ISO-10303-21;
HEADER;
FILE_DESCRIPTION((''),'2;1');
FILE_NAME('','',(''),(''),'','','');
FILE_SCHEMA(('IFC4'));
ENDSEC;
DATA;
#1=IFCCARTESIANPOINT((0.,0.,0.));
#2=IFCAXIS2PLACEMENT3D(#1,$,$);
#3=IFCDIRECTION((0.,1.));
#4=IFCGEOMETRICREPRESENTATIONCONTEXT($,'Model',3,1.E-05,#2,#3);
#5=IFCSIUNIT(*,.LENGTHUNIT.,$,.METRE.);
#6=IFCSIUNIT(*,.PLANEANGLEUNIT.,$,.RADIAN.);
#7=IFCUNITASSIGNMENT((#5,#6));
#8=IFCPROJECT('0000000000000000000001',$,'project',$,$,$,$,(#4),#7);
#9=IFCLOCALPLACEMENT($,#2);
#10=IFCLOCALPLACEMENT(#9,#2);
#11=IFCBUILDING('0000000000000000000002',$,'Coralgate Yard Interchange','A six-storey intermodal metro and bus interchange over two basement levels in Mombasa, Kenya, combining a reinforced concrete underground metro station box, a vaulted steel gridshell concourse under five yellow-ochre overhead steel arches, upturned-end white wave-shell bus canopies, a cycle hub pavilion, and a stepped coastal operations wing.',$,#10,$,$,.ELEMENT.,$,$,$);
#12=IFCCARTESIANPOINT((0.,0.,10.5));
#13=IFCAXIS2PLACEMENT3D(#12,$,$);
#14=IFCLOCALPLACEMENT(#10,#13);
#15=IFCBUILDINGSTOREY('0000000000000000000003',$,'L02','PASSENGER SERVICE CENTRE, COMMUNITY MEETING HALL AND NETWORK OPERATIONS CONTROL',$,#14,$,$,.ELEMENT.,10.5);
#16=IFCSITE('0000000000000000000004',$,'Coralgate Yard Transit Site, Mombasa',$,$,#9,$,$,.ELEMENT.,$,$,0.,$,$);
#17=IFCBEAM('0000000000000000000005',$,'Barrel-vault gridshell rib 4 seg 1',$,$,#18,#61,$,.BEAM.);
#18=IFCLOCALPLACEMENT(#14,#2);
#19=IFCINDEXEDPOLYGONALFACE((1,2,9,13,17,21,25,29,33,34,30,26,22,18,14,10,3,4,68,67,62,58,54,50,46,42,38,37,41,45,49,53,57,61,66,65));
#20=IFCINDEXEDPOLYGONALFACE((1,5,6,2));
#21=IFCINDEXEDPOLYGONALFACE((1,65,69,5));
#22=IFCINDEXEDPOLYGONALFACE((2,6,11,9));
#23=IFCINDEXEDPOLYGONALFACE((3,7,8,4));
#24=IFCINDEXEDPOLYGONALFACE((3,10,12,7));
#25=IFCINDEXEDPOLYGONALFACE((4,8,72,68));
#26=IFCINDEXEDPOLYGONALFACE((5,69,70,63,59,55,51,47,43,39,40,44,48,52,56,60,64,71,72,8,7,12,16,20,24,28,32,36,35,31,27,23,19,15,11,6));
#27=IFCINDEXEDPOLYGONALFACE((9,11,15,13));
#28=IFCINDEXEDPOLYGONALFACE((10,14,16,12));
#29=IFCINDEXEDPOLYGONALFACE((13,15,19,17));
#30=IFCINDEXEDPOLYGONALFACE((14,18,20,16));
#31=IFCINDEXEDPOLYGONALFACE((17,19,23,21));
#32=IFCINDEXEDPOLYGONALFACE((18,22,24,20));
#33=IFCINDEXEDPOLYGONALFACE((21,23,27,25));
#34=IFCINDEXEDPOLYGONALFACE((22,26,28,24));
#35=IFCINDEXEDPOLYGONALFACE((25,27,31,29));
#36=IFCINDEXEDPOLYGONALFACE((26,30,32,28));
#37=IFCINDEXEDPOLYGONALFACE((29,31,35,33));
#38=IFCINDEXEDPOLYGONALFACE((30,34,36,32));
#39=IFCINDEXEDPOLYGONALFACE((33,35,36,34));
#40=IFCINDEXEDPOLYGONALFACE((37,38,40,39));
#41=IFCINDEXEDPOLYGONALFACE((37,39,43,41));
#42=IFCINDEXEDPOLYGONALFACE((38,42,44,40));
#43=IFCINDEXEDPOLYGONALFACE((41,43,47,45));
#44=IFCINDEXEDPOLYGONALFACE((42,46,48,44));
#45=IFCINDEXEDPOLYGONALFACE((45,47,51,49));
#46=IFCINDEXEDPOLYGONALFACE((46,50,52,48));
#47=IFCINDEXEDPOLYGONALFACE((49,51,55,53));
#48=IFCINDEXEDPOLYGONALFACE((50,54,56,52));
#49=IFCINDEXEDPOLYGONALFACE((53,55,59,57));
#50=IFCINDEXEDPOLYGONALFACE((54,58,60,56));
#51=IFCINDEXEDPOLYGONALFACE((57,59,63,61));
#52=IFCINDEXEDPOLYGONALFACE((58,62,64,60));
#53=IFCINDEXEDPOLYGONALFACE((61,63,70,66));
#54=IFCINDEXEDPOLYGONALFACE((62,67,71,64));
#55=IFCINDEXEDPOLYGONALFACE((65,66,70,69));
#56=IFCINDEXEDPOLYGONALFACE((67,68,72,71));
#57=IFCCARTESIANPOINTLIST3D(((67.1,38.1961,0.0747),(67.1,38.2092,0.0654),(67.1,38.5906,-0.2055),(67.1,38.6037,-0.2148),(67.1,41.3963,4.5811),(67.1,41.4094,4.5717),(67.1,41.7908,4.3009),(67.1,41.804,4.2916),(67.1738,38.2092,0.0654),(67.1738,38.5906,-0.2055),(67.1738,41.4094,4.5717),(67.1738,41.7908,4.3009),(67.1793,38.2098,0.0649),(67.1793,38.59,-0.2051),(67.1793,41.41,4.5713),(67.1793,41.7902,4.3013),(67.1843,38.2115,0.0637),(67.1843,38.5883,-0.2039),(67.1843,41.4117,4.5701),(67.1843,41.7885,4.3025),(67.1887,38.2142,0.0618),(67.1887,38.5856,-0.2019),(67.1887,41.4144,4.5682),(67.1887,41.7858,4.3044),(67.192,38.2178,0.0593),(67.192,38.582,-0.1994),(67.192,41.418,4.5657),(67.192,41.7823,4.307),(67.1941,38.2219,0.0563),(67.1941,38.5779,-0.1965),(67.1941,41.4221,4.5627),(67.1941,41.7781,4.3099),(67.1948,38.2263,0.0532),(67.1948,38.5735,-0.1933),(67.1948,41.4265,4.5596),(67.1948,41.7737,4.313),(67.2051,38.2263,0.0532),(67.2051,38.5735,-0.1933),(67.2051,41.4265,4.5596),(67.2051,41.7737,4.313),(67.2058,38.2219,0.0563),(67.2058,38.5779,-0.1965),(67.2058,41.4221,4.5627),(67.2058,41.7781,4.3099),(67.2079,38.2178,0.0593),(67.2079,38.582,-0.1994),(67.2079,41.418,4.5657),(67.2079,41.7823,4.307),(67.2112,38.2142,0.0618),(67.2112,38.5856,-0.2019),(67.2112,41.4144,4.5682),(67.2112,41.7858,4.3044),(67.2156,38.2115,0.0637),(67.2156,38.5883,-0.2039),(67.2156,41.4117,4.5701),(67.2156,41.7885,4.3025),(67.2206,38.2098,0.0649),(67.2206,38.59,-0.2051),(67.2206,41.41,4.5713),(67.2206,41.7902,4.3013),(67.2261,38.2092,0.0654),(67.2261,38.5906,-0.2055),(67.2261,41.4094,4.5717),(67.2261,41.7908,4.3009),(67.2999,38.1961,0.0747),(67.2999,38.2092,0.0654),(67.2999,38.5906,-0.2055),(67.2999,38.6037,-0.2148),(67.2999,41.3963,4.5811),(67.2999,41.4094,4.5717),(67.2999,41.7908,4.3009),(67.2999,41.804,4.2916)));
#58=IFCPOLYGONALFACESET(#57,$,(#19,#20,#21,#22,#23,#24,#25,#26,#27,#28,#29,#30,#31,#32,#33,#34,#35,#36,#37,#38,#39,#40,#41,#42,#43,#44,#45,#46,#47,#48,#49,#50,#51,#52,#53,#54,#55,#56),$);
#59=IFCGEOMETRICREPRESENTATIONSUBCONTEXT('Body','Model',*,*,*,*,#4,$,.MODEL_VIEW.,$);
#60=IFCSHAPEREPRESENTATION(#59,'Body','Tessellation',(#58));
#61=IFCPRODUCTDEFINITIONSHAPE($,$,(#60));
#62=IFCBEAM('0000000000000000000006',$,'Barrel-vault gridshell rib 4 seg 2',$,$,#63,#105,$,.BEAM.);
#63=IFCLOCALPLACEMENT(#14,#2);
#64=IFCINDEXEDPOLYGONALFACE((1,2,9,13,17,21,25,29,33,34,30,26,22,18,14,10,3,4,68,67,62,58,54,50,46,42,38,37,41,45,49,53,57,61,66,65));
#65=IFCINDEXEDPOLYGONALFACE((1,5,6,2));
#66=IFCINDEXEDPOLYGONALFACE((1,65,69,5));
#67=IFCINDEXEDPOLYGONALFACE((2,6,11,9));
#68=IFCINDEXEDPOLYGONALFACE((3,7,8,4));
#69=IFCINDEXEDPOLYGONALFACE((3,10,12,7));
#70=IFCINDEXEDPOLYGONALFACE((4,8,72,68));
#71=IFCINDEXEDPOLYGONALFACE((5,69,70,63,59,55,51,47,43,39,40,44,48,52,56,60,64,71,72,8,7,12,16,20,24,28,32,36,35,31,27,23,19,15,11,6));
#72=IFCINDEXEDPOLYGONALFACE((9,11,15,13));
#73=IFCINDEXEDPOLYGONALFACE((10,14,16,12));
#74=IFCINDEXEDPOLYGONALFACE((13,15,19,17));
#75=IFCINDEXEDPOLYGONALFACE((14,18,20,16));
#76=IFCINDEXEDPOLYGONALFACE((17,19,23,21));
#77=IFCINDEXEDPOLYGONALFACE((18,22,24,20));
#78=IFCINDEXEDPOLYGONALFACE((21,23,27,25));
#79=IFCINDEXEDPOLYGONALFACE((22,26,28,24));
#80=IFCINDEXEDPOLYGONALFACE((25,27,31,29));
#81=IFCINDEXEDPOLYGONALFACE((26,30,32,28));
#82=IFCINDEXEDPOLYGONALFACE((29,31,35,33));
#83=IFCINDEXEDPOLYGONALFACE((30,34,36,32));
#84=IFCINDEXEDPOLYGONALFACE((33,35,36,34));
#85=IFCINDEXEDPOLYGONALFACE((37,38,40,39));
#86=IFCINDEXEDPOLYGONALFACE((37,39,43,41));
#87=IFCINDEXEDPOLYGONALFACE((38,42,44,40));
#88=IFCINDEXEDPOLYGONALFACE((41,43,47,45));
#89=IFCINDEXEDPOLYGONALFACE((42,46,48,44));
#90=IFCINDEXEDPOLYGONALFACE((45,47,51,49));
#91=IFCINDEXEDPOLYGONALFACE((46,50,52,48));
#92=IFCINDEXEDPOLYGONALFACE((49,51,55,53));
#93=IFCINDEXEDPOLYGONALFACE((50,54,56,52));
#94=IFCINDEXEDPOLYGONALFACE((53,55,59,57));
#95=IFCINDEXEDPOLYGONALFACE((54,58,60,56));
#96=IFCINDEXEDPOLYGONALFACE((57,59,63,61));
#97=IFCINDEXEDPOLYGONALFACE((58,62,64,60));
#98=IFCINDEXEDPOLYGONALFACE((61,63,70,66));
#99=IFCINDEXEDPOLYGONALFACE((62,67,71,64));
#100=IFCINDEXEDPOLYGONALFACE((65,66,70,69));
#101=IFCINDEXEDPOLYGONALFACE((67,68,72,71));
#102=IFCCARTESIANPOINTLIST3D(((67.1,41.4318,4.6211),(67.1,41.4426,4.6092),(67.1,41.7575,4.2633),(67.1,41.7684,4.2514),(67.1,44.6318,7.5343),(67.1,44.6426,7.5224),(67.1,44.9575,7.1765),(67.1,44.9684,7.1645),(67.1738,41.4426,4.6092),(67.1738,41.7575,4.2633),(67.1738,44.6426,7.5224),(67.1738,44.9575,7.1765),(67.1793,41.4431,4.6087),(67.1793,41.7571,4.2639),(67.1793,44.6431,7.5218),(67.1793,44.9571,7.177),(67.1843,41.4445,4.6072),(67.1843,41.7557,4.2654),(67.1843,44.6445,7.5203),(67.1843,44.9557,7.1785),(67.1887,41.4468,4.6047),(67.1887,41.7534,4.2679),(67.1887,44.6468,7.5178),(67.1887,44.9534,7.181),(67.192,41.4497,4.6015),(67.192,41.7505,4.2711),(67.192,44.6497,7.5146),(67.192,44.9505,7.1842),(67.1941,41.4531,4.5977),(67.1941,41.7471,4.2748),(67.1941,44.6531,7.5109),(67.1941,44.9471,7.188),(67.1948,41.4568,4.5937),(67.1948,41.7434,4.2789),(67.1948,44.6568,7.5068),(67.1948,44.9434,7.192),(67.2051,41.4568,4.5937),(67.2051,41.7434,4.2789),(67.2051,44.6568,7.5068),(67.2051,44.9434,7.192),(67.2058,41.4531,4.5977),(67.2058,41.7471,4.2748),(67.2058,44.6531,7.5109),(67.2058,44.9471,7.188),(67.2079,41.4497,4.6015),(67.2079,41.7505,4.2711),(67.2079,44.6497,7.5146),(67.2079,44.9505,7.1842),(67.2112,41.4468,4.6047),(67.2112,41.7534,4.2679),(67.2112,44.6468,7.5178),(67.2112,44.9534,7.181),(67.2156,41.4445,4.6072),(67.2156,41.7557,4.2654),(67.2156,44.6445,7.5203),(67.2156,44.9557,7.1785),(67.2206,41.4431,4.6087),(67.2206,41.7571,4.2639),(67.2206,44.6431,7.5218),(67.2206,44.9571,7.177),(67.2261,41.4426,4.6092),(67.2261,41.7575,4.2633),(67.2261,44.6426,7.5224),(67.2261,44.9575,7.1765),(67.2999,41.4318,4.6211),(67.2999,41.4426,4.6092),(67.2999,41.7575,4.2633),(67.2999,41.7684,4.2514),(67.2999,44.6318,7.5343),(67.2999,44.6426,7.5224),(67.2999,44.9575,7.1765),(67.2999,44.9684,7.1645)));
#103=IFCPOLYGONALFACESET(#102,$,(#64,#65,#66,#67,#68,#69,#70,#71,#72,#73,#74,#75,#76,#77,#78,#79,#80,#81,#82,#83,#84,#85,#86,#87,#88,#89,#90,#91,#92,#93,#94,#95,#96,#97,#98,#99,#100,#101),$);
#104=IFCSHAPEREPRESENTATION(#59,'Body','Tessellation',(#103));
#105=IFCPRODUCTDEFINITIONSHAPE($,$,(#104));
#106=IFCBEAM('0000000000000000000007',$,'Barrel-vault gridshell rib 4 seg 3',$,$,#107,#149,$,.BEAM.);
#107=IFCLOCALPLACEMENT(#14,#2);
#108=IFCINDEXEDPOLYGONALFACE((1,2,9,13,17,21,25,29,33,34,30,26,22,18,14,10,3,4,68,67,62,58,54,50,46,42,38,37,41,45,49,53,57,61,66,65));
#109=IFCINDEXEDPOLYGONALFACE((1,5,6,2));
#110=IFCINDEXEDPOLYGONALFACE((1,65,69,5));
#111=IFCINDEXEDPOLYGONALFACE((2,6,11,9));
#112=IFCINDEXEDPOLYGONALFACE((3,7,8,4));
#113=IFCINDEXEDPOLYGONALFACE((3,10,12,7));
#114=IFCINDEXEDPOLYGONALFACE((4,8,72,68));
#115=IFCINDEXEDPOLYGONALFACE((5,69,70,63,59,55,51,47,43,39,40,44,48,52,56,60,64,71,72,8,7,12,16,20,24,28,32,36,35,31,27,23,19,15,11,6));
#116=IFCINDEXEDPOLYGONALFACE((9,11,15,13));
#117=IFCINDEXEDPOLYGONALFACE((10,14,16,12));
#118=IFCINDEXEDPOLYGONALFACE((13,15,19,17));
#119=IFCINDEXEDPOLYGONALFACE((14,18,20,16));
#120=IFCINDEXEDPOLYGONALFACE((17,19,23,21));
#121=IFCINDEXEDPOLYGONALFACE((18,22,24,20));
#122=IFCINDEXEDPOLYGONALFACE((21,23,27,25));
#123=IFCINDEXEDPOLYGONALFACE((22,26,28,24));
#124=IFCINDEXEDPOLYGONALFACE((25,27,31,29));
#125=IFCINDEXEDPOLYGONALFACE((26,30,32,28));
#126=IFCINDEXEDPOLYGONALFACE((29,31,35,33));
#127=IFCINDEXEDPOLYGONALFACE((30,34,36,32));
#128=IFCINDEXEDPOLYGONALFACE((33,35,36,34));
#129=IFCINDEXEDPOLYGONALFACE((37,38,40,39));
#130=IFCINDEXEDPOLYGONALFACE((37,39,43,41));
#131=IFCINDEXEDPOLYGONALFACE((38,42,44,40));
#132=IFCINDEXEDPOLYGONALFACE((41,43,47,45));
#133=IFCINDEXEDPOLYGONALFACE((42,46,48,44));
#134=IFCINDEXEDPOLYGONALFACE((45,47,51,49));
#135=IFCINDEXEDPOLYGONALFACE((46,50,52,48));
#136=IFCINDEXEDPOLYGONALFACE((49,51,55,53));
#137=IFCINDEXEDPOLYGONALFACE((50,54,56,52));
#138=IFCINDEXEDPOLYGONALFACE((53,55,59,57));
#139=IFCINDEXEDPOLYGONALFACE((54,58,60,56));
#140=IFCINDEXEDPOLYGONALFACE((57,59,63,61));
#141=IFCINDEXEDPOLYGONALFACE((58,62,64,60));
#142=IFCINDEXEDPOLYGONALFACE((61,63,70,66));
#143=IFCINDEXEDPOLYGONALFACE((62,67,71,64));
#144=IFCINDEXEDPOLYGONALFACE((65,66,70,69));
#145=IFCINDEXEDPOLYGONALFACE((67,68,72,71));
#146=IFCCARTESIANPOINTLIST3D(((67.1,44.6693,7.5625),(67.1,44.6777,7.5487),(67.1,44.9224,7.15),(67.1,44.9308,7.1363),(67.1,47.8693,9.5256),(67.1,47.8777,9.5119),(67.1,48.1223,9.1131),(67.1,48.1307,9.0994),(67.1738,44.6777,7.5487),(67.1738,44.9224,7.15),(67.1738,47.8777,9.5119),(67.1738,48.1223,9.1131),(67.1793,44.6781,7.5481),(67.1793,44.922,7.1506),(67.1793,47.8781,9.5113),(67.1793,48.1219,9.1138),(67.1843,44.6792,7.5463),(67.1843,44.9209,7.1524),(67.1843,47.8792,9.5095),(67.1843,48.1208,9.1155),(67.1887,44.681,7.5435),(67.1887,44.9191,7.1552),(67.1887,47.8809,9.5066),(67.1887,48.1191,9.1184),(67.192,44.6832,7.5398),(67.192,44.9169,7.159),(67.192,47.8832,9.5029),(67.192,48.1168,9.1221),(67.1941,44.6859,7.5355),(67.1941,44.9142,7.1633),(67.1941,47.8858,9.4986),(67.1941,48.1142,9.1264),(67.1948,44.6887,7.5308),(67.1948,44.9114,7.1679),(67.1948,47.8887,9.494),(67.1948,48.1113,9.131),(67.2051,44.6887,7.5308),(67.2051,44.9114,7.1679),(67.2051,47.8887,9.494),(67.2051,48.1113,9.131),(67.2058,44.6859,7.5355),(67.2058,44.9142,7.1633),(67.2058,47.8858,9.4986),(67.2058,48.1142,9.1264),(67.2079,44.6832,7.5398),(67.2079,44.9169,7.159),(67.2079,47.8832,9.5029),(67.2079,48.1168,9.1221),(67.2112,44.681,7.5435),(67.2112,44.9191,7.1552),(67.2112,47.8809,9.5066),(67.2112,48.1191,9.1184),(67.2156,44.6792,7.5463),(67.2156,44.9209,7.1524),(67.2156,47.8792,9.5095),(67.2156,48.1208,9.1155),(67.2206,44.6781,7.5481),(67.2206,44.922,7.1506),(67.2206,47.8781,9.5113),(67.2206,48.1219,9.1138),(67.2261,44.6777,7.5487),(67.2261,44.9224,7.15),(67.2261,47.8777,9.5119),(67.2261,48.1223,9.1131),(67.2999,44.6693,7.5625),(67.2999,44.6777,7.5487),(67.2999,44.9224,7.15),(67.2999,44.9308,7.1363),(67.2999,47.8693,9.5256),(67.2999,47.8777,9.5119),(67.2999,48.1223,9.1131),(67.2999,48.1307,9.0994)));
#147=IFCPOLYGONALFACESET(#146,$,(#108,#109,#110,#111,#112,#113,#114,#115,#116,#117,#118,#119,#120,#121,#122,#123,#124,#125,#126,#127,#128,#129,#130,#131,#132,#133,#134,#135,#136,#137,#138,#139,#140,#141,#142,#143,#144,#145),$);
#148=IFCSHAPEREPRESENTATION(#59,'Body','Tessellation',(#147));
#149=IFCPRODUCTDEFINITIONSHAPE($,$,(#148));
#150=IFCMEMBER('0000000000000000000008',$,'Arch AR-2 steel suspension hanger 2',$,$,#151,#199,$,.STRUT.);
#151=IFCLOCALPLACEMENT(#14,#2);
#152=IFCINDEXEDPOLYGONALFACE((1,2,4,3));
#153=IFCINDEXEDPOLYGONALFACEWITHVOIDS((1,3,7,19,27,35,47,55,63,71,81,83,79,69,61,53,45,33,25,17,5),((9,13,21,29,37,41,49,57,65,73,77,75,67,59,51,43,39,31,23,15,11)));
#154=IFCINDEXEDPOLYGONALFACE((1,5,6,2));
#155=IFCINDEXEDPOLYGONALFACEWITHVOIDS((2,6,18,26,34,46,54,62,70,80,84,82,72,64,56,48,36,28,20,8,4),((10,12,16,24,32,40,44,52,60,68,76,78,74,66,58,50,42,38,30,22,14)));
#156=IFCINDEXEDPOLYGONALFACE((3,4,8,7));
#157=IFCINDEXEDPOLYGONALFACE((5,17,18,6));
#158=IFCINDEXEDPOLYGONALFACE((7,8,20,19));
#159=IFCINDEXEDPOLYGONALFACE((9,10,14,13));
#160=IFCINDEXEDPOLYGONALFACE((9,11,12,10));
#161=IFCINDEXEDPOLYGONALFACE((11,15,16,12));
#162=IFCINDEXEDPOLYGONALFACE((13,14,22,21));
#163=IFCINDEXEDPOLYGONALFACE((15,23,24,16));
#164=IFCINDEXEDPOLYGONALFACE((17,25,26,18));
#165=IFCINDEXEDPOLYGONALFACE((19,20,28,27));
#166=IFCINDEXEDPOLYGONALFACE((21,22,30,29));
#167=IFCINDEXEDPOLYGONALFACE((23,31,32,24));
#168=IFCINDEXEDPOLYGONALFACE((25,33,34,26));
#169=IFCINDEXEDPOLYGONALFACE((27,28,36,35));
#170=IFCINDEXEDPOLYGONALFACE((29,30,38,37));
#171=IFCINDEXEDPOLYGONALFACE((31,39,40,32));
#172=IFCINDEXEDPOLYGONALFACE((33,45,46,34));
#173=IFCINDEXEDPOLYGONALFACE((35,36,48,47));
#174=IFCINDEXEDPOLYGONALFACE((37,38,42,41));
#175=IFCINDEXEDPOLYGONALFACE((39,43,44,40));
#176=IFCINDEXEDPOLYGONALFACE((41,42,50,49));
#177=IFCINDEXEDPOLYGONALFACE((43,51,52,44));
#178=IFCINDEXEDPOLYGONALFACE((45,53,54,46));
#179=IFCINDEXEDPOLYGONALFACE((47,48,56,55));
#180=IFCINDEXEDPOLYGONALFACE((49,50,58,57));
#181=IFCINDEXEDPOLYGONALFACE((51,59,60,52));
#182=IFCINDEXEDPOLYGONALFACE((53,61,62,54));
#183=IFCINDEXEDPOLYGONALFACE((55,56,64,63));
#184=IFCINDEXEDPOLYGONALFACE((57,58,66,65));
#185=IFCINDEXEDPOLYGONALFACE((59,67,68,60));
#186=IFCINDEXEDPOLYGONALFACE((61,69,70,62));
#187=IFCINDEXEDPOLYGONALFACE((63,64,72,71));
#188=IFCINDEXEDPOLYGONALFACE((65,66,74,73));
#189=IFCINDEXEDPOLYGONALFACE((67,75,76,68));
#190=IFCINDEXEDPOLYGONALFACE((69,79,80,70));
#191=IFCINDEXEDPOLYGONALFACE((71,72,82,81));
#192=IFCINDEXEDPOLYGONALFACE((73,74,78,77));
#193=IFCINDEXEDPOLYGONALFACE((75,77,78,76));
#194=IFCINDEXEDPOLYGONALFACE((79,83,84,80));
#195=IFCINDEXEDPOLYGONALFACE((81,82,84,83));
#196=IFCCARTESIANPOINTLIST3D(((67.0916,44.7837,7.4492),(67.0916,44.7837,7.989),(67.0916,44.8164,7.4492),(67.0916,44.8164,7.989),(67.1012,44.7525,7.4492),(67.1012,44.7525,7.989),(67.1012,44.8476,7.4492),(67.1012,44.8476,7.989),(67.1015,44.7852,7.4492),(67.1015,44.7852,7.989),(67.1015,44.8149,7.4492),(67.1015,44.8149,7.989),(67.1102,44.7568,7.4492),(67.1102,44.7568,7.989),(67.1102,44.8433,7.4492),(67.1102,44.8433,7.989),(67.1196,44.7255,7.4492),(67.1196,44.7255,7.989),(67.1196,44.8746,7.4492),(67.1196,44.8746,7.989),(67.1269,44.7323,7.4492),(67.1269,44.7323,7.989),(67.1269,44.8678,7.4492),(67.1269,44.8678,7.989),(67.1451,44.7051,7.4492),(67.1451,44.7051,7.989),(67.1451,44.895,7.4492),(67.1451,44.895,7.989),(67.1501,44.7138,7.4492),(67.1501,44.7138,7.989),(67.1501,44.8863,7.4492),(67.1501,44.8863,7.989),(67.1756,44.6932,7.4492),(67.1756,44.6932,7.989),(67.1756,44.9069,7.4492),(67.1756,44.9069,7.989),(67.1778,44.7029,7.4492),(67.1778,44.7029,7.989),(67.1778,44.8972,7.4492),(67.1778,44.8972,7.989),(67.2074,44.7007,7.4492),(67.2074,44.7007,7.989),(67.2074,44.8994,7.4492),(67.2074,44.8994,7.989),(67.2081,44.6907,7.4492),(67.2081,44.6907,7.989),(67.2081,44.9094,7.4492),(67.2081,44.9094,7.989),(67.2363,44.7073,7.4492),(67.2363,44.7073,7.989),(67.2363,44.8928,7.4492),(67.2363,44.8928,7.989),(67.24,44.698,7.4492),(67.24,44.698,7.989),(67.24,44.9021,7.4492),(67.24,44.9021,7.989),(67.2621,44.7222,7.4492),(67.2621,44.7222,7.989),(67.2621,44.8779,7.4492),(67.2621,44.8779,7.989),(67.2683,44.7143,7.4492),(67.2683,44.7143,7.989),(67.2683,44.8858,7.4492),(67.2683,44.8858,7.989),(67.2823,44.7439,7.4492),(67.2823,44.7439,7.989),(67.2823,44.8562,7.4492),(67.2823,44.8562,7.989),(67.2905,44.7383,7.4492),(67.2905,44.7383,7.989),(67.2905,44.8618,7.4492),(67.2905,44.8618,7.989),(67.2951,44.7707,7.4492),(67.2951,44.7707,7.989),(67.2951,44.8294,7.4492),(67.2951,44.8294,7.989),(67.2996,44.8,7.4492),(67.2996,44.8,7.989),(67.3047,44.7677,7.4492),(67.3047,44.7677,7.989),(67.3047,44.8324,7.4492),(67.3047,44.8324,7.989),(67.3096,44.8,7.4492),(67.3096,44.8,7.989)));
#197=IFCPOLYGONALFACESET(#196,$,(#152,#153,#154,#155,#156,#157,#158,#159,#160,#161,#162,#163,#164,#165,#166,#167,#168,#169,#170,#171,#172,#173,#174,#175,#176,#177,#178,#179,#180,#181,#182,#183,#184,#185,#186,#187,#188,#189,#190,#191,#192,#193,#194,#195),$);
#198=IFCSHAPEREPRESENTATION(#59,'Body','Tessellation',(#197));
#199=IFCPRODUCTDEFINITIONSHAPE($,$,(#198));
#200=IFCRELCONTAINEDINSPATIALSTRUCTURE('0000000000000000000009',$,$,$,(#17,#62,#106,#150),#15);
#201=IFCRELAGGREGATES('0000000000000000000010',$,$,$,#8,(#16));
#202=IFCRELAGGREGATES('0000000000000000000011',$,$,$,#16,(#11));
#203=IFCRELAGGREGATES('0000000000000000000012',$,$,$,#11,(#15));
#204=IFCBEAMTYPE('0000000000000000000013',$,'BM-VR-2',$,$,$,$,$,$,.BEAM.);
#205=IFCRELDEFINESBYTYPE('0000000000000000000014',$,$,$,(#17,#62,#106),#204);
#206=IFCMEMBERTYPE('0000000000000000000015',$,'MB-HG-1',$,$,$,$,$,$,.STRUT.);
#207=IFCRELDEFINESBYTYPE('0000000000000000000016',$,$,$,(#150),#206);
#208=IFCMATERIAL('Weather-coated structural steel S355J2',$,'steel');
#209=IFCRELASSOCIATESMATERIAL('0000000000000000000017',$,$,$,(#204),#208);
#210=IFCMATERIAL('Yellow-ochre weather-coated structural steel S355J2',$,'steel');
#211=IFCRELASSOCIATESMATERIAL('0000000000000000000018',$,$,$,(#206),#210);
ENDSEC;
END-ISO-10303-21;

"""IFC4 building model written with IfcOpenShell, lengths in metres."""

from ifc_helpers import new_model, si_unit, direction, frame, origin, origin_2d, place, context, subcontext, project, spatial, hollow_circle, i_section, extrude, material, material_profile, profile_set, type_object, element, save


model = new_model("IFC4")

# Units and contexts
model_context = context("Model", 3, precision=1e-05, world=origin(), true_north=direction((0.0, 1.0)))
body_context = subcontext(model_context, "Body", "Model", "MODEL_VIEW")
ifc_project = project(units=[si_unit("LENGTHUNIT", "METRE"), si_unit("PLANEANGLEUNIT", "RADIAN")], contexts=[model_context])

# Site, building, storey
site_placement = place(None, origin())
site = spatial("IfcSite", under=ifc_project, at=site_placement, Name="Coralgate Yard Transit Site, Mombasa", CompositionType="ELEMENT", RefElevation=0.0)
building_placement = place(site_placement, origin())
building = spatial("IfcBuilding", under=site, at=building_placement, Name="Coralgate Yard Interchange", Description="A six-storey intermodal metro and bus interchange over two basement levels in Mombasa, Kenya, combining a reinforced concrete underground metro station box, a vaulted steel gridshell concourse under five yellow-ochre overhead steel arches, upturned-end white wave-shell bus canopies, a cycle hub pavilion, and a stepped coastal operations wing.", CompositionType="ELEMENT")
storey_placement = place(building_placement, frame((0.0, 0.0, 10.5)))
storey = spatial("IfcBuildingStorey", under=building, at=storey_placement, Name="L02", Description="PASSENGER SERVICE CENTRE, COMMUNITY MEETING HALL AND NETWORK OPERATIONS CONTROL", CompositionType="ELEMENT", Elevation=10.5)

# Beams
ifc_material_1 = material(Name="Yellow-ochre weather-coated structural steel S355J2", Category="steel")
ifc_material_2 = material(Name="Weather-coated structural steel S355J2", Category="steel")
ifc_material_profile_1 = material_profile(ifc_material_2, i_section(OverallWidth=0.2, OverallDepth=0.5, WebThickness=0.0103, FlangeThickness=0.0161, FilletRadius=0.021, at=origin_2d()), Name="IPE 500")
ifc_profile_set_1 = profile_set([ifc_material_profile_1], Name="Weather-coated structural steel S355J2")
beam_type_1 = type_object("IfcBeamType", Name="BM-VR-2", PredefinedType="BEAM", material=ifc_profile_set_1)
beam_1_placement = place(storey_placement, frame((67.2, 38.3999, -0.0701), z_axis=(0.0, 0.579005, 0.815324), x_axis=(-1.0, 0.0, 0.0)))
element("IfcBeam", 1, at=beam_1_placement, inside=storey, type_object=beam_type_1, Name="Barrel-vault gridshell rib 4 seg 1", PredefinedType="BEAM", context=body_context, shape_type="SweptSolid", body=[
    extrude(i_section(OverallWidth=0.2, OverallDepth=0.5, WebThickness=0.0103, FlangeThickness=0.0161, FilletRadius=0.021, at=origin_2d()), origin(), (0.0, 0.0, 1.0), 5.5271),
])
beam_2_placement = place(storey_placement, frame((67.2, 41.6001, 4.4363), z_axis=(0.0, 0.739475, 0.673184), x_axis=(-1.0, 0.0, 0.0)))
element("IfcBeam", 2, at=beam_2_placement, inside=storey, type_object=beam_type_1, Name="Barrel-vault gridshell rib 4 seg 2", PredefinedType="BEAM", context=body_context, shape_type="SweptSolid", body=[
    extrude(i_section(OverallWidth=0.2, OverallDepth=0.5, WebThickness=0.0103, FlangeThickness=0.0161, FilletRadius=0.021, at=origin_2d()), origin(), (0.0, 0.0, 1.0), 4.3274),
])
beam_3_placement = place(storey_placement, frame((67.2, 44.8, 7.3494), z_axis=(0.0, 0.852379, 0.522925), x_axis=(-1.0, 0.0, 0.0)))
element("IfcBeam", 3, at=beam_3_placement, inside=storey, type_object=beam_type_1, Name="Barrel-vault gridshell rib 4 seg 3", PredefinedType="BEAM", context=body_context, shape_type="SweptSolid", body=[
    extrude(i_section(OverallWidth=0.2, OverallDepth=0.5, WebThickness=0.0103, FlangeThickness=0.0161, FilletRadius=0.021, at=origin_2d()), origin(), (0.0, 0.0, 1.0), 3.7542),
])

# Member
ifc_material_profile_2 = material_profile(ifc_material_1, hollow_circle(Radius=0.1096, WallThickness=0.01, at=origin_2d()), Name="CHS 219.1x10")
ifc_profile_set_2 = profile_set([ifc_material_profile_2], Name="Yellow-ochre weather-coated structural steel S355J2")
member_type_1 = type_object("IfcMemberType", Name="MB-HG-1", PredefinedType="STRUT", material=ifc_profile_set_2)
member_1_placement = place(storey_placement, frame((67.2, 44.8, 7.4492), z_axis=(0.0, 0.0, 1.0), x_axis=(1.0, 0.0, 0.0)))
element("IfcMember", 4, at=member_1_placement, inside=storey, type_object=member_type_1, Name="Arch AR-2 steel suspension hanger 2", PredefinedType="STRUT", context=body_context, shape_type="SweptSolid", body=[
    extrude(hollow_circle(Radius=0.1096, WallThickness=0.01, at=origin_2d()), origin(), (0.0, 0.0, 1.0), 0.5398),
])

save(model, "model.ifc")
